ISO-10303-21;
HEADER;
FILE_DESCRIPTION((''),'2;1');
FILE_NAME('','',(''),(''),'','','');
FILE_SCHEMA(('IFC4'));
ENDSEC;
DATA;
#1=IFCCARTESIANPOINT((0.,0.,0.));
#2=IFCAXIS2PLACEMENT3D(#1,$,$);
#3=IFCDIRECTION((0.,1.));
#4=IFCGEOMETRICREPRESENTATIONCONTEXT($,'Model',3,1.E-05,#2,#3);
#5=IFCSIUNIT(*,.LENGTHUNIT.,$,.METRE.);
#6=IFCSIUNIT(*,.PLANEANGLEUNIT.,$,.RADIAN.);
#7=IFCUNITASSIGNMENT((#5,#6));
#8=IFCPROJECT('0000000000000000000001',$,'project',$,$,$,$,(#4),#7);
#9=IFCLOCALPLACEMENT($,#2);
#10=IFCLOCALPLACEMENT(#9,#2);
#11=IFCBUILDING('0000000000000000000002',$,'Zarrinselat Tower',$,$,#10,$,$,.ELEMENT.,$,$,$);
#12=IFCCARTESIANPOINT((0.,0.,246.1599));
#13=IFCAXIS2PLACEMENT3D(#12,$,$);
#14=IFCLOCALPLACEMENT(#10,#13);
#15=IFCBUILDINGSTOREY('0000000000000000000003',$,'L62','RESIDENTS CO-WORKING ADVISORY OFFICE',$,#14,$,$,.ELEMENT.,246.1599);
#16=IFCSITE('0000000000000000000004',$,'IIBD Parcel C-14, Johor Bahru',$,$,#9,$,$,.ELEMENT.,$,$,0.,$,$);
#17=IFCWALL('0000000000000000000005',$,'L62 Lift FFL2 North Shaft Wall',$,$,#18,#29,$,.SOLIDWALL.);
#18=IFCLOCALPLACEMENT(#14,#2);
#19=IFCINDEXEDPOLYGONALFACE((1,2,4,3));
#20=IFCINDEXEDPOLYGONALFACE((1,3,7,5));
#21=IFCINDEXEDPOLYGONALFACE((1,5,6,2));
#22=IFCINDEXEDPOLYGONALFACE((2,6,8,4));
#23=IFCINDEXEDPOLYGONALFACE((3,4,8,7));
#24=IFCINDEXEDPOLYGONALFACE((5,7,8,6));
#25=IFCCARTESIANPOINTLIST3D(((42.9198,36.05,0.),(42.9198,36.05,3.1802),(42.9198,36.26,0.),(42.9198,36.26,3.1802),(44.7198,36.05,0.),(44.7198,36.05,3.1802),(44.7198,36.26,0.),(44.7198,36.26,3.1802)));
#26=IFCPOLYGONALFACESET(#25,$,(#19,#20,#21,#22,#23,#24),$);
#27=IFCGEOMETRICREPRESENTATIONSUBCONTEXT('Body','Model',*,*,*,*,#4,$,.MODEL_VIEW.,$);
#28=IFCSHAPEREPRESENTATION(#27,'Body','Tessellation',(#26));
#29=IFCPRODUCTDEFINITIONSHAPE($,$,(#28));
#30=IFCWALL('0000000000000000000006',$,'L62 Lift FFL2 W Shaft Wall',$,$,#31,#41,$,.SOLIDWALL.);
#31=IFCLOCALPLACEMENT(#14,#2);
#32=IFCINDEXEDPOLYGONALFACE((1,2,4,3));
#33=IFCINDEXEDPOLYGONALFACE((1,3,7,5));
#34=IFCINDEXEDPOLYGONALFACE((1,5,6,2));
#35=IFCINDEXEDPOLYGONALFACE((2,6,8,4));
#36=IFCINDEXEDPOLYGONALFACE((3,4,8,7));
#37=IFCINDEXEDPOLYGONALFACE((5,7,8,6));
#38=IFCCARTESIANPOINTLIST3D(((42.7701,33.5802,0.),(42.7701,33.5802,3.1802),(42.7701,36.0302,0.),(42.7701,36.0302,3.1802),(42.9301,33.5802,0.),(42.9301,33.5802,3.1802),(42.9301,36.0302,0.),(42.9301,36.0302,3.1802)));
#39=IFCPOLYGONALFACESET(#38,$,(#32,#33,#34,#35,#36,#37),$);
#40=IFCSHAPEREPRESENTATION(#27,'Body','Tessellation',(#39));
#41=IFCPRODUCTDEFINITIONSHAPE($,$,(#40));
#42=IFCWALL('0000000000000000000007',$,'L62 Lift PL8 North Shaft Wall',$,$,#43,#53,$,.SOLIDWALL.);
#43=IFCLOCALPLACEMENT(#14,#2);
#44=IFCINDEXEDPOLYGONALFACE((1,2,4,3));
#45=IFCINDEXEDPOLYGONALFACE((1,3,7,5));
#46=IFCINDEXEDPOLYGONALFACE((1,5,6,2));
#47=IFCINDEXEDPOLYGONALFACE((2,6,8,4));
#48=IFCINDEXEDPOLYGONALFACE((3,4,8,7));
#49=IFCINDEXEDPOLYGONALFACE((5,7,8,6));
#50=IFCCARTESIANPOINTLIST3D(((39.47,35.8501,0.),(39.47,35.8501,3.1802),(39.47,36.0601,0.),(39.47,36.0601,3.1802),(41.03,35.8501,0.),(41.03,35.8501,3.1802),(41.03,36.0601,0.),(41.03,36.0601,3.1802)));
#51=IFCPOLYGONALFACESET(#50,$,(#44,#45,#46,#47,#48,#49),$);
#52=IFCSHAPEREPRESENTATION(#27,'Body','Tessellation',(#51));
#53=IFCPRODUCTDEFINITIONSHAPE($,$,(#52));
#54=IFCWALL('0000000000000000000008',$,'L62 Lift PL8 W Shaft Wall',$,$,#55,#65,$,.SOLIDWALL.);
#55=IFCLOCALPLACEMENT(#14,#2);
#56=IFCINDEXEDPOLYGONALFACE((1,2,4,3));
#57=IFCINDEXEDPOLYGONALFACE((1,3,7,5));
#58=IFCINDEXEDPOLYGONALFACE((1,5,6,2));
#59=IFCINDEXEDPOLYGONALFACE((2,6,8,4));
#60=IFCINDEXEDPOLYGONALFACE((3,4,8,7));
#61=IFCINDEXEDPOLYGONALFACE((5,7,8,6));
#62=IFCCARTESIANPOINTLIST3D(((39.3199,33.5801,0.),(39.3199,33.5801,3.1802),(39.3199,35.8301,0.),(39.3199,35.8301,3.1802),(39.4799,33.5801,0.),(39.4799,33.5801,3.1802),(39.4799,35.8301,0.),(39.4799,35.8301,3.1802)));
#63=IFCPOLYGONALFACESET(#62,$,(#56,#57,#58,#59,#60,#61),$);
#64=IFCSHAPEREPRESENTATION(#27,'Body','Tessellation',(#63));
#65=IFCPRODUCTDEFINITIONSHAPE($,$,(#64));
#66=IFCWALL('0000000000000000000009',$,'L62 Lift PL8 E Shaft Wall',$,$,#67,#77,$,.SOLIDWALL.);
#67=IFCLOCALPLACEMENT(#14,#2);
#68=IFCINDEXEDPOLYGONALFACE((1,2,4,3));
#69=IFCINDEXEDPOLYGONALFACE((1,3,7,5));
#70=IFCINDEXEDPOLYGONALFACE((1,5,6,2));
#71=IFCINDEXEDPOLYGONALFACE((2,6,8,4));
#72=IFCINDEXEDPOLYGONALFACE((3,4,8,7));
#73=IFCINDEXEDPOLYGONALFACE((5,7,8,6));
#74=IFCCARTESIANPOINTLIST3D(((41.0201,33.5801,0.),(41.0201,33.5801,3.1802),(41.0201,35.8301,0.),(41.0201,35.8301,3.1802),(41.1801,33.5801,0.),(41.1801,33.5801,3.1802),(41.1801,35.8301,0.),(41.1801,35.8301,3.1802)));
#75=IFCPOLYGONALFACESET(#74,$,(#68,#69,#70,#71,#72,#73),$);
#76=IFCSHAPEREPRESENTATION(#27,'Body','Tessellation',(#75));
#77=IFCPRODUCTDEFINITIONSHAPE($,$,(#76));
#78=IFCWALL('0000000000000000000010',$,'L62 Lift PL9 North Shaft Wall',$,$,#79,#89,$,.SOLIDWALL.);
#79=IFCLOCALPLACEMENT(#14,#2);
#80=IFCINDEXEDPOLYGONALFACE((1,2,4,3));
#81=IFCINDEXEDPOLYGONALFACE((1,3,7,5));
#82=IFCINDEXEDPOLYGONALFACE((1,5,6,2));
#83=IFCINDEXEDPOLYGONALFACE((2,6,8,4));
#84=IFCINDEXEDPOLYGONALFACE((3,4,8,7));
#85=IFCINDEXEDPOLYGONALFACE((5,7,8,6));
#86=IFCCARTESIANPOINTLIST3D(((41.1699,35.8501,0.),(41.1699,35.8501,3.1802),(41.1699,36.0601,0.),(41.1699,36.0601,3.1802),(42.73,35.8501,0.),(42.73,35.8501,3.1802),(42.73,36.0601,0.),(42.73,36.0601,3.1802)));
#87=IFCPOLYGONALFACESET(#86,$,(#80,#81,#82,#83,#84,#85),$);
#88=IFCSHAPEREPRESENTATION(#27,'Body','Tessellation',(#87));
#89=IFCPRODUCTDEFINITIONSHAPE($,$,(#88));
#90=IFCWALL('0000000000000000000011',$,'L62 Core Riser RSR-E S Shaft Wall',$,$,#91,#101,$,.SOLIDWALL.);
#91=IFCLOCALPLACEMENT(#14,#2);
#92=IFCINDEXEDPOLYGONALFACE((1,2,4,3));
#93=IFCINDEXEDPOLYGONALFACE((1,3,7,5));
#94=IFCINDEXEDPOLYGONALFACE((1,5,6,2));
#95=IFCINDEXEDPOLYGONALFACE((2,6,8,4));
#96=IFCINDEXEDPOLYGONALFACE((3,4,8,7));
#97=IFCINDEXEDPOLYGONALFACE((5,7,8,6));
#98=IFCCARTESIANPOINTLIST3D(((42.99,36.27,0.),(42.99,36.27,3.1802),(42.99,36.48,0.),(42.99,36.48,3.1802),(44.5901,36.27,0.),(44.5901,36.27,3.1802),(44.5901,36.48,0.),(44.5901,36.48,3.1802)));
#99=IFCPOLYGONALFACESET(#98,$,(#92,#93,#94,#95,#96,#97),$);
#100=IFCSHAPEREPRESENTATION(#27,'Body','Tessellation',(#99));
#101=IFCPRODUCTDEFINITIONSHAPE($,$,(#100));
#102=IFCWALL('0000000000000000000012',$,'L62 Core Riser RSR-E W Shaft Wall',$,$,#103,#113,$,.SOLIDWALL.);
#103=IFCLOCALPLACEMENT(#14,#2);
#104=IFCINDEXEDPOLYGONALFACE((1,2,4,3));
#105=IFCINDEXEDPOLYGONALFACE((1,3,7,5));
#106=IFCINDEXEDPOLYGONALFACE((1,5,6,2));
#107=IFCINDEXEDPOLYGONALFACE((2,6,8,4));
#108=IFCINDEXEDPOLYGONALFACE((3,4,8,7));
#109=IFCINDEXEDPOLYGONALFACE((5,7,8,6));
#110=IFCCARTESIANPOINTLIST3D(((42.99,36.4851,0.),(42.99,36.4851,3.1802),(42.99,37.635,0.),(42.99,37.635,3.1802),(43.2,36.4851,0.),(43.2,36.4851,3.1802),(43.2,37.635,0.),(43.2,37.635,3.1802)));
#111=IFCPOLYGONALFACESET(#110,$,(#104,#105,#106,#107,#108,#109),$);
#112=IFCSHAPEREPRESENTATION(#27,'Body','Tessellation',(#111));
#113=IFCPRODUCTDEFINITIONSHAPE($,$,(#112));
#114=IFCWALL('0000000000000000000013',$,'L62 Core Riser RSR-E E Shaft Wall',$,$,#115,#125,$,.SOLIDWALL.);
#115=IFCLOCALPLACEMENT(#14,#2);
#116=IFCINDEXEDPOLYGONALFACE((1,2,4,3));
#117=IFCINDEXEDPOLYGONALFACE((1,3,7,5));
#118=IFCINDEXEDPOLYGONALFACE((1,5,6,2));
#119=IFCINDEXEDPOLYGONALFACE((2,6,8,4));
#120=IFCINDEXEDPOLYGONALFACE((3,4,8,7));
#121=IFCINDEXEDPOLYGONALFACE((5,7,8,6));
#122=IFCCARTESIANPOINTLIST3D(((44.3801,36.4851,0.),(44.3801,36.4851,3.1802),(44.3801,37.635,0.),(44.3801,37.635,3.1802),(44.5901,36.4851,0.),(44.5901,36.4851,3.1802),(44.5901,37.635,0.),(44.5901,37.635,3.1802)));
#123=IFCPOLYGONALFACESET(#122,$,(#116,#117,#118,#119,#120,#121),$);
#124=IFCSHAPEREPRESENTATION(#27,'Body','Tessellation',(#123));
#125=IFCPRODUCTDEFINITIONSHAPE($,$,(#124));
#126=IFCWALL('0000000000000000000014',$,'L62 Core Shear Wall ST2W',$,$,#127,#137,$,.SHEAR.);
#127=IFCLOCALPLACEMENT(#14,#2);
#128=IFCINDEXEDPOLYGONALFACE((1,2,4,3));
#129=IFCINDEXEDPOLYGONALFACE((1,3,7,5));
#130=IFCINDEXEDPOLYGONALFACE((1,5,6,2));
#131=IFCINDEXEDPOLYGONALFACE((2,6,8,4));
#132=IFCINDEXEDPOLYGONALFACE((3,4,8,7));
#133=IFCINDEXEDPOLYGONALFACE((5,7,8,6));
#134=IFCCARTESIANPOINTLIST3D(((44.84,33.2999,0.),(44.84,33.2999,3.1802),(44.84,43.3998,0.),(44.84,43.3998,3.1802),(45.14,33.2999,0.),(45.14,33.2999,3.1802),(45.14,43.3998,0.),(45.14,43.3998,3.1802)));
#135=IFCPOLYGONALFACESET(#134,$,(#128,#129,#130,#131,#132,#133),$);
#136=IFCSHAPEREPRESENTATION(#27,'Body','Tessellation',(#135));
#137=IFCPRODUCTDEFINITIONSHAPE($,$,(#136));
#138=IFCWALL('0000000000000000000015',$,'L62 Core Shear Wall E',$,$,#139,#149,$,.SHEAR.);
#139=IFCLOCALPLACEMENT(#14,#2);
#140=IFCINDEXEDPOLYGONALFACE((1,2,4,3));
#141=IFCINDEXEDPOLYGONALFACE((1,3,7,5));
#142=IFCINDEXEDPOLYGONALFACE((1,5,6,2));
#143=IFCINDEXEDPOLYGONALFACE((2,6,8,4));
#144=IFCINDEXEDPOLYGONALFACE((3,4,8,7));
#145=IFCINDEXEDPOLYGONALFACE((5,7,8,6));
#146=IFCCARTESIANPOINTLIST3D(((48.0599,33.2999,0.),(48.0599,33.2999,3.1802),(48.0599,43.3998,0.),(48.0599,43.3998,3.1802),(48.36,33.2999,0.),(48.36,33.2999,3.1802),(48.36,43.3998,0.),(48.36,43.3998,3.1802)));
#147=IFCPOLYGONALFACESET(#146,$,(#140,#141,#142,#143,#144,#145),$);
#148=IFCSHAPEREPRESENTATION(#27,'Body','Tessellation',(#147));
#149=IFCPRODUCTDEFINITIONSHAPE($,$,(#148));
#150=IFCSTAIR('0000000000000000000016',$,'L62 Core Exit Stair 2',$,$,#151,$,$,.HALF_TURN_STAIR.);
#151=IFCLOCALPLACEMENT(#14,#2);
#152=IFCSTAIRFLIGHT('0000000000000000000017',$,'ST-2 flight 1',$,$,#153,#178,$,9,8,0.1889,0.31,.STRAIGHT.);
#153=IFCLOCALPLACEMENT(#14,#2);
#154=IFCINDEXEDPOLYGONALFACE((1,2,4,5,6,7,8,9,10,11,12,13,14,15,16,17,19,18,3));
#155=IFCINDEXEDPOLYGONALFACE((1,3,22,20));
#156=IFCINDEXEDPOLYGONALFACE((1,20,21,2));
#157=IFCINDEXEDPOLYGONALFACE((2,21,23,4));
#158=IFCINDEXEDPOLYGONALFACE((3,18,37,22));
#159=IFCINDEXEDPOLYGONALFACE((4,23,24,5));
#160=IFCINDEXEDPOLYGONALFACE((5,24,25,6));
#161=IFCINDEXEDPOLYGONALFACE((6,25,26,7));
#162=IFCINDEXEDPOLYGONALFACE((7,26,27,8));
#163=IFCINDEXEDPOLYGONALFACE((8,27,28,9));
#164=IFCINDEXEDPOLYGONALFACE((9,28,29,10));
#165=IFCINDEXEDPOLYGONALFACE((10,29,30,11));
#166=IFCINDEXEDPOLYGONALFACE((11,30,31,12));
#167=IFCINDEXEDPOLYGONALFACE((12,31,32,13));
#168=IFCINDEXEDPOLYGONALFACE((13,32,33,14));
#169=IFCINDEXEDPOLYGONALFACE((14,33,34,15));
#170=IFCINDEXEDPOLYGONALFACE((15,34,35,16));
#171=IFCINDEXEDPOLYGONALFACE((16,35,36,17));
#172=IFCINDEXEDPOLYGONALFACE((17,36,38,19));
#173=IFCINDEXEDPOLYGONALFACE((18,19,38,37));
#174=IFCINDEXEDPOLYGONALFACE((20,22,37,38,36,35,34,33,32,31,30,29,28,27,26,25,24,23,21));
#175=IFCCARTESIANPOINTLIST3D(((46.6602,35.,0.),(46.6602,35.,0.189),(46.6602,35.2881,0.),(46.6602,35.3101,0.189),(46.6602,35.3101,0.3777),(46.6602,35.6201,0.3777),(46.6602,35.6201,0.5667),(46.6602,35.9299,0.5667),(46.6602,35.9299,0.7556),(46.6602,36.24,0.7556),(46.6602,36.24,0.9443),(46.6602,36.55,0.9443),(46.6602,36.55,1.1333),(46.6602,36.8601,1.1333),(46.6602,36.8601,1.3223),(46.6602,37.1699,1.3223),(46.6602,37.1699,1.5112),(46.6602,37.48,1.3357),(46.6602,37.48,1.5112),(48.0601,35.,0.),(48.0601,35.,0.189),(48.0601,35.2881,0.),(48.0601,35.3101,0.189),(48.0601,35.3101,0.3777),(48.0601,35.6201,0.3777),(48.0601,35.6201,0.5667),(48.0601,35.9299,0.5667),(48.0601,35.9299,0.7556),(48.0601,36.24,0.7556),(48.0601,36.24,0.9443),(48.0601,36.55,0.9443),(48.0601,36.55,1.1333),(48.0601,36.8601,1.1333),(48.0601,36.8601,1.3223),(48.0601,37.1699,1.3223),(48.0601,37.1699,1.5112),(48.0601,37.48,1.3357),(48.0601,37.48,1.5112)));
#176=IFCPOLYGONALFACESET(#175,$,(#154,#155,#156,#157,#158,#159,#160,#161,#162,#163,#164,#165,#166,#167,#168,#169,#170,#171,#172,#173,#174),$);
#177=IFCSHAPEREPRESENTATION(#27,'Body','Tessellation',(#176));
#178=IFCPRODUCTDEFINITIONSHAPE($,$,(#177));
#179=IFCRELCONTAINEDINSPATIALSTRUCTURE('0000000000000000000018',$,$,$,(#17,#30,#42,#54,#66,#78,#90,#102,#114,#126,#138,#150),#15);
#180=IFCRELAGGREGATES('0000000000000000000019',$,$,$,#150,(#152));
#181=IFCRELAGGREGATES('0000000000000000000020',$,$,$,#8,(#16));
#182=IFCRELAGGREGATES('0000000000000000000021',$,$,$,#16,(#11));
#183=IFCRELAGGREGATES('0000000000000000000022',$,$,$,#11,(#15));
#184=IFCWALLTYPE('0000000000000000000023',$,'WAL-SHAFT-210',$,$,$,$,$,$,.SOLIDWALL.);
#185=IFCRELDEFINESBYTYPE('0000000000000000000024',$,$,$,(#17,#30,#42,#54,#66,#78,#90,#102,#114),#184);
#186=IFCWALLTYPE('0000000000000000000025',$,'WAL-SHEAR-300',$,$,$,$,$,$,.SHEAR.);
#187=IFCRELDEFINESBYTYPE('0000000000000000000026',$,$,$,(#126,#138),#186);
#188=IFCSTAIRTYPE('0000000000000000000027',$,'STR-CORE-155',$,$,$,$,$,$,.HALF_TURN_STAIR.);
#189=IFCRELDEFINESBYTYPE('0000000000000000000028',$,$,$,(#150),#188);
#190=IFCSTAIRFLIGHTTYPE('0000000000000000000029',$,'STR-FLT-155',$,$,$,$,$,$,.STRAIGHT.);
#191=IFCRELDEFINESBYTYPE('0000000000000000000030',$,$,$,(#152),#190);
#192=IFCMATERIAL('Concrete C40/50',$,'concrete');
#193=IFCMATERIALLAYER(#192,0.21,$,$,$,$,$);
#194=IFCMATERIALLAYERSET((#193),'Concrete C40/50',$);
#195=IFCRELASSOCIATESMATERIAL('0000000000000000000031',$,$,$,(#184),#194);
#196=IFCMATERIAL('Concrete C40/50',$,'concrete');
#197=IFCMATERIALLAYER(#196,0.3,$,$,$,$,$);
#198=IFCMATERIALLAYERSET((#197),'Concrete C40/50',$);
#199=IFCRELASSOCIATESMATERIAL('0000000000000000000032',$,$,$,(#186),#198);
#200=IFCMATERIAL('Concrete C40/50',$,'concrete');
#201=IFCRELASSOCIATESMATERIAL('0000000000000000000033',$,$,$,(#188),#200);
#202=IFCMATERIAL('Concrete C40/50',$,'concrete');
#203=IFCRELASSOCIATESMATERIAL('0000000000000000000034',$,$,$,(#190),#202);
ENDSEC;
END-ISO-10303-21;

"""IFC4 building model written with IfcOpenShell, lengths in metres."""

from ifc_helpers import new_model, si_unit, direction, frame, frame_2d, origin, place, context, subcontext, project, spatial, polyline, rectangle, outline, extrude, material, layer, layer_set, type_object, element, aggregate, save


model = new_model("IFC4")

# Units and contexts
model_context = context("Model", 3, precision=1e-05, world=origin(), true_north=direction((0.0, 1.0)))
body_context = subcontext(model_context, "Body", "Model", "MODEL_VIEW")
ifc_project = project(units=[si_unit("LENGTHUNIT", "METRE"), si_unit("PLANEANGLEUNIT", "RADIAN")], contexts=[model_context])

# Site, building, storey
site_placement = place(None, origin())
site = spatial("IfcSite", under=ifc_project, at=site_placement, Name="IIBD Parcel C-14, Johor Bahru", CompositionType="ELEMENT", RefElevation=0.0)
building_placement = place(site_placement, origin())
building = spatial("IfcBuilding", under=site, at=building_placement, Name="Zarrinselat Tower", CompositionType="ELEMENT")
storey_placement = place(building_placement, frame((0.0, 0.0, 246.1599)))
storey = spatial("IfcBuildingStorey", under=building, at=storey_placement, Name="L62", Description="RESIDENTS CO-WORKING ADVISORY OFFICE", CompositionType="ELEMENT", Elevation=246.1599)

# Walls
ifc_material_1 = material(Name="Concrete C40/50", Category="concrete")
ifc_layer_1 = layer(ifc_material_1, 0.21)
ifc_layer_set_1 = layer_set([ifc_layer_1], Name="Concrete C40/50")
wall_type_1 = type_object("IfcWallType", Name="WAL-SHAFT-210", PredefinedType="SOLIDWALL", material=ifc_layer_set_1)
wall_1_placement = place(storey_placement, frame((42.9199, 36.155, 0.0), z_axis=(0.0, 0.0, 1.0), x_axis=(1.0, 0.0, 0.0)))
element("IfcWall", 1, at=wall_1_placement, inside=storey, type_object=wall_type_1, Name="L62 Lift FFL2 North Shaft Wall", PredefinedType="SOLIDWALL", context=body_context, shape_type="SweptSolid", body=[
    extrude(rectangle(XDim=1.8, YDim=0.21, at=frame_2d((0.8999, 0.0))), origin(), (0.0, 0.0, 1.0), 3.1802),
])
wall_2_placement = place(storey_placement, frame((42.8501, 33.5801, 0.0), z_axis=(0.0, 0.0, 1.0), x_axis=(0.0, 1.0, 0.0)))
element("IfcWall", 2, at=wall_2_placement, inside=storey, type_object=wall_type_1, Name="L62 Lift FFL2 W Shaft Wall", PredefinedType="SOLIDWALL", context=body_context, shape_type="SweptSolid", body=[
    extrude(rectangle(XDim=2.45, YDim=0.1599, at=frame_2d((1.2251, 0.0))), origin(), (0.0, 0.0, 1.0), 3.1802),
])
wall_3_placement = place(storey_placement, frame((39.47, 35.9551, 0.0), z_axis=(0.0, 0.0, 1.0), x_axis=(1.0, 0.0, 0.0)))
element("IfcWall", 3, at=wall_3_placement, inside=storey, type_object=wall_type_1, Name="L62 Lift PL8 North Shaft Wall", PredefinedType="SOLIDWALL", context=body_context, shape_type="SweptSolid", body=[
    extrude(rectangle(XDim=1.5601, YDim=0.21, at=frame_2d((0.78, 0.0))), origin(), (0.0, 0.0, 1.0), 3.1802),
])
for number, where, z_axis, x_axis, name in (
    (4, (39.3999, 33.5801, 0.0), (0.0, 0.0, 1.0), (0.0, 1.0, 0.0), "L62 Lift PL8 W Shaft Wall"),
    (5, (41.1001, 33.5801, 0.0), (0.0, 0.0, 1.0), (0.0, 1.0, 0.0), "L62 Lift PL8 E Shaft Wall"),
):
    element("IfcWall", number, at=place(storey_placement, frame(where, z_axis=z_axis, x_axis=x_axis)), inside=storey, type_object=wall_type_1, Name=name, PredefinedType="SOLIDWALL", context=body_context, shape_type="SweptSolid", body=[
        extrude(rectangle(XDim=2.25, YDim=0.1599, at=frame_2d((1.125, 0.0))), origin(), (0.0, 0.0, 1.0), 3.1802),
    ])
wall_4_placement = place(storey_placement, frame((41.1699, 35.9551, 0.0), z_axis=(0.0, 0.0, 1.0), x_axis=(1.0, 0.0, 0.0)))
element("IfcWall", 6, at=wall_4_placement, inside=storey, type_object=wall_type_1, Name="L62 Lift PL9 North Shaft Wall", PredefinedType="SOLIDWALL", context=body_context, shape_type="SweptSolid", body=[
    extrude(rectangle(XDim=1.5601, YDim=0.21, at=frame_2d((0.78, 0.0))), origin(), (0.0, 0.0, 1.0), 3.1802),
])
wall_5_placement = place(storey_placement, frame((42.99, 36.375, 0.0), z_axis=(0.0, 0.0, 1.0), x_axis=(1.0, 0.0, 0.0)))
element("IfcWall", 7, at=wall_5_placement, inside=storey, type_object=wall_type_1, Name="L62 Core Riser RSR-E S Shaft Wall", PredefinedType="SOLIDWALL", context=body_context, shape_type="SweptSolid", body=[
    extrude(rectangle(XDim=1.6001, YDim=0.21, at=frame_2d((0.8, 0.0))), origin(), (0.0, 0.0, 1.0), 3.1802),
])
for number, where, z_axis, x_axis, name in (
    (8, (43.095, 36.4851, 0.0), (0.0, 0.0, 1.0), (0.0, 1.0, 0.0), "L62 Core Riser RSR-E W Shaft Wall"),
    (9, (44.4851, 36.4851, 0.0), (0.0, 0.0, 1.0), (0.0, 1.0, 0.0), "L62 Core Riser RSR-E E Shaft Wall"),
):
    element("IfcWall", number, at=place(storey_placement, frame(where, z_axis=z_axis, x_axis=x_axis)), inside=storey, type_object=wall_type_1, Name=name, PredefinedType="SOLIDWALL", context=body_context, shape_type="SweptSolid", body=[
        extrude(rectangle(XDim=1.1499, YDim=0.21, at=frame_2d((0.575, 0.0))), origin(), (0.0, 0.0, 1.0), 3.1802),
    ])
ifc_material_2 = material(Name="Concrete C40/50", Category="concrete")
ifc_layer_2 = layer(ifc_material_2, 0.3)
ifc_layer_set_2 = layer_set([ifc_layer_2], Name="Concrete C40/50")
wall_type_2 = type_object("IfcWallType", Name="WAL-SHEAR-300", PredefinedType="SHEAR", material=ifc_layer_set_2)
for number, where, z_axis, x_axis, name in (
    (10, (44.99, 33.3, 0.0), (0.0, 0.0, 1.0), (0.0, 1.0, 0.0), "L62 Core Shear Wall ST2W"),
    (11, (48.21, 33.3, 0.0), (0.0, 0.0, 1.0), (0.0, 1.0, 0.0), "L62 Core Shear Wall E"),
):
    element("IfcWall", number, at=place(storey_placement, frame(where, z_axis=z_axis, x_axis=x_axis)), inside=storey, type_object=wall_type_2, Name=name, PredefinedType="SHEAR", context=body_context, shape_type="SweptSolid", body=[
        extrude(rectangle(XDim=10.0999, YDim=0.3, at=frame_2d((5.0498, 0.0))), origin(), (0.0, 0.0, 1.0), 3.1802),
    ])

# Stair, stair flight
ifc_material_3 = material(Name="Concrete C40/50", Category="concrete")
stair_type = type_object("IfcStairType", Name="STR-CORE-155", PredefinedType="HALF_TURN_STAIR", material=ifc_material_3)
stair_placement = place(storey_placement, origin())
stair = element("IfcStair", 12, at=stair_placement, inside=storey, type_object=stair_type, Name="L62 Core Exit Stair 2", PredefinedType="HALF_TURN_STAIR")
ifc_material_4 = material(Name="Concrete C40/50", Category="concrete")
stair_flight_type = type_object("IfcStairFlightType", Name="STR-FLT-155", PredefinedType="STRAIGHT", material=ifc_material_4)
stair_flight_placement = place(storey_placement, frame((47.3601, 35.0, 0.0), z_axis=(0.0, 0.0, 1.0), x_axis=(0.0, 1.0, 0.0)))
stair_flight = element("IfcStairFlight", 13, at=stair_flight_placement, type_object=stair_flight_type, Name="ST-2 flight 1", NumberOfRisers=9, NumberOfTreads=8, PredefinedType="STRAIGHT", RiserHeight=0.1889, TreadLength=0.31, context=body_context, shape_type="SweptSolid", body=[
    extrude(outline(polyline([(0.0, 0.0), (0.0, 0.189), (0.3101, 0.189), (0.3101, 0.3777), (0.6201, 0.3777), (0.6201, 0.5667), (0.9299, 0.5667), (0.9299, 0.7556), (1.24, 0.7556), (1.24, 0.9443), (1.55, 0.9443), (1.55, 1.1333), (1.8601, 1.1333), (1.8601, 1.3223), (2.1699, 1.3223), (2.1699, 1.5112), (2.48, 1.5112), (2.48, 1.7), (2.48, 1.3357), (0.2881, 0.0), (0.0, 0.0)])), frame((0.0, 0.7, 0.0), z_axis=(0.0, -1.0, 0.0), x_axis=(1.0, 0.0, 0.0)), (0.0, 0.0, 1.0), 1.3999),
])
aggregate(stair, [stair_flight])

save(model, "model.ifc")
